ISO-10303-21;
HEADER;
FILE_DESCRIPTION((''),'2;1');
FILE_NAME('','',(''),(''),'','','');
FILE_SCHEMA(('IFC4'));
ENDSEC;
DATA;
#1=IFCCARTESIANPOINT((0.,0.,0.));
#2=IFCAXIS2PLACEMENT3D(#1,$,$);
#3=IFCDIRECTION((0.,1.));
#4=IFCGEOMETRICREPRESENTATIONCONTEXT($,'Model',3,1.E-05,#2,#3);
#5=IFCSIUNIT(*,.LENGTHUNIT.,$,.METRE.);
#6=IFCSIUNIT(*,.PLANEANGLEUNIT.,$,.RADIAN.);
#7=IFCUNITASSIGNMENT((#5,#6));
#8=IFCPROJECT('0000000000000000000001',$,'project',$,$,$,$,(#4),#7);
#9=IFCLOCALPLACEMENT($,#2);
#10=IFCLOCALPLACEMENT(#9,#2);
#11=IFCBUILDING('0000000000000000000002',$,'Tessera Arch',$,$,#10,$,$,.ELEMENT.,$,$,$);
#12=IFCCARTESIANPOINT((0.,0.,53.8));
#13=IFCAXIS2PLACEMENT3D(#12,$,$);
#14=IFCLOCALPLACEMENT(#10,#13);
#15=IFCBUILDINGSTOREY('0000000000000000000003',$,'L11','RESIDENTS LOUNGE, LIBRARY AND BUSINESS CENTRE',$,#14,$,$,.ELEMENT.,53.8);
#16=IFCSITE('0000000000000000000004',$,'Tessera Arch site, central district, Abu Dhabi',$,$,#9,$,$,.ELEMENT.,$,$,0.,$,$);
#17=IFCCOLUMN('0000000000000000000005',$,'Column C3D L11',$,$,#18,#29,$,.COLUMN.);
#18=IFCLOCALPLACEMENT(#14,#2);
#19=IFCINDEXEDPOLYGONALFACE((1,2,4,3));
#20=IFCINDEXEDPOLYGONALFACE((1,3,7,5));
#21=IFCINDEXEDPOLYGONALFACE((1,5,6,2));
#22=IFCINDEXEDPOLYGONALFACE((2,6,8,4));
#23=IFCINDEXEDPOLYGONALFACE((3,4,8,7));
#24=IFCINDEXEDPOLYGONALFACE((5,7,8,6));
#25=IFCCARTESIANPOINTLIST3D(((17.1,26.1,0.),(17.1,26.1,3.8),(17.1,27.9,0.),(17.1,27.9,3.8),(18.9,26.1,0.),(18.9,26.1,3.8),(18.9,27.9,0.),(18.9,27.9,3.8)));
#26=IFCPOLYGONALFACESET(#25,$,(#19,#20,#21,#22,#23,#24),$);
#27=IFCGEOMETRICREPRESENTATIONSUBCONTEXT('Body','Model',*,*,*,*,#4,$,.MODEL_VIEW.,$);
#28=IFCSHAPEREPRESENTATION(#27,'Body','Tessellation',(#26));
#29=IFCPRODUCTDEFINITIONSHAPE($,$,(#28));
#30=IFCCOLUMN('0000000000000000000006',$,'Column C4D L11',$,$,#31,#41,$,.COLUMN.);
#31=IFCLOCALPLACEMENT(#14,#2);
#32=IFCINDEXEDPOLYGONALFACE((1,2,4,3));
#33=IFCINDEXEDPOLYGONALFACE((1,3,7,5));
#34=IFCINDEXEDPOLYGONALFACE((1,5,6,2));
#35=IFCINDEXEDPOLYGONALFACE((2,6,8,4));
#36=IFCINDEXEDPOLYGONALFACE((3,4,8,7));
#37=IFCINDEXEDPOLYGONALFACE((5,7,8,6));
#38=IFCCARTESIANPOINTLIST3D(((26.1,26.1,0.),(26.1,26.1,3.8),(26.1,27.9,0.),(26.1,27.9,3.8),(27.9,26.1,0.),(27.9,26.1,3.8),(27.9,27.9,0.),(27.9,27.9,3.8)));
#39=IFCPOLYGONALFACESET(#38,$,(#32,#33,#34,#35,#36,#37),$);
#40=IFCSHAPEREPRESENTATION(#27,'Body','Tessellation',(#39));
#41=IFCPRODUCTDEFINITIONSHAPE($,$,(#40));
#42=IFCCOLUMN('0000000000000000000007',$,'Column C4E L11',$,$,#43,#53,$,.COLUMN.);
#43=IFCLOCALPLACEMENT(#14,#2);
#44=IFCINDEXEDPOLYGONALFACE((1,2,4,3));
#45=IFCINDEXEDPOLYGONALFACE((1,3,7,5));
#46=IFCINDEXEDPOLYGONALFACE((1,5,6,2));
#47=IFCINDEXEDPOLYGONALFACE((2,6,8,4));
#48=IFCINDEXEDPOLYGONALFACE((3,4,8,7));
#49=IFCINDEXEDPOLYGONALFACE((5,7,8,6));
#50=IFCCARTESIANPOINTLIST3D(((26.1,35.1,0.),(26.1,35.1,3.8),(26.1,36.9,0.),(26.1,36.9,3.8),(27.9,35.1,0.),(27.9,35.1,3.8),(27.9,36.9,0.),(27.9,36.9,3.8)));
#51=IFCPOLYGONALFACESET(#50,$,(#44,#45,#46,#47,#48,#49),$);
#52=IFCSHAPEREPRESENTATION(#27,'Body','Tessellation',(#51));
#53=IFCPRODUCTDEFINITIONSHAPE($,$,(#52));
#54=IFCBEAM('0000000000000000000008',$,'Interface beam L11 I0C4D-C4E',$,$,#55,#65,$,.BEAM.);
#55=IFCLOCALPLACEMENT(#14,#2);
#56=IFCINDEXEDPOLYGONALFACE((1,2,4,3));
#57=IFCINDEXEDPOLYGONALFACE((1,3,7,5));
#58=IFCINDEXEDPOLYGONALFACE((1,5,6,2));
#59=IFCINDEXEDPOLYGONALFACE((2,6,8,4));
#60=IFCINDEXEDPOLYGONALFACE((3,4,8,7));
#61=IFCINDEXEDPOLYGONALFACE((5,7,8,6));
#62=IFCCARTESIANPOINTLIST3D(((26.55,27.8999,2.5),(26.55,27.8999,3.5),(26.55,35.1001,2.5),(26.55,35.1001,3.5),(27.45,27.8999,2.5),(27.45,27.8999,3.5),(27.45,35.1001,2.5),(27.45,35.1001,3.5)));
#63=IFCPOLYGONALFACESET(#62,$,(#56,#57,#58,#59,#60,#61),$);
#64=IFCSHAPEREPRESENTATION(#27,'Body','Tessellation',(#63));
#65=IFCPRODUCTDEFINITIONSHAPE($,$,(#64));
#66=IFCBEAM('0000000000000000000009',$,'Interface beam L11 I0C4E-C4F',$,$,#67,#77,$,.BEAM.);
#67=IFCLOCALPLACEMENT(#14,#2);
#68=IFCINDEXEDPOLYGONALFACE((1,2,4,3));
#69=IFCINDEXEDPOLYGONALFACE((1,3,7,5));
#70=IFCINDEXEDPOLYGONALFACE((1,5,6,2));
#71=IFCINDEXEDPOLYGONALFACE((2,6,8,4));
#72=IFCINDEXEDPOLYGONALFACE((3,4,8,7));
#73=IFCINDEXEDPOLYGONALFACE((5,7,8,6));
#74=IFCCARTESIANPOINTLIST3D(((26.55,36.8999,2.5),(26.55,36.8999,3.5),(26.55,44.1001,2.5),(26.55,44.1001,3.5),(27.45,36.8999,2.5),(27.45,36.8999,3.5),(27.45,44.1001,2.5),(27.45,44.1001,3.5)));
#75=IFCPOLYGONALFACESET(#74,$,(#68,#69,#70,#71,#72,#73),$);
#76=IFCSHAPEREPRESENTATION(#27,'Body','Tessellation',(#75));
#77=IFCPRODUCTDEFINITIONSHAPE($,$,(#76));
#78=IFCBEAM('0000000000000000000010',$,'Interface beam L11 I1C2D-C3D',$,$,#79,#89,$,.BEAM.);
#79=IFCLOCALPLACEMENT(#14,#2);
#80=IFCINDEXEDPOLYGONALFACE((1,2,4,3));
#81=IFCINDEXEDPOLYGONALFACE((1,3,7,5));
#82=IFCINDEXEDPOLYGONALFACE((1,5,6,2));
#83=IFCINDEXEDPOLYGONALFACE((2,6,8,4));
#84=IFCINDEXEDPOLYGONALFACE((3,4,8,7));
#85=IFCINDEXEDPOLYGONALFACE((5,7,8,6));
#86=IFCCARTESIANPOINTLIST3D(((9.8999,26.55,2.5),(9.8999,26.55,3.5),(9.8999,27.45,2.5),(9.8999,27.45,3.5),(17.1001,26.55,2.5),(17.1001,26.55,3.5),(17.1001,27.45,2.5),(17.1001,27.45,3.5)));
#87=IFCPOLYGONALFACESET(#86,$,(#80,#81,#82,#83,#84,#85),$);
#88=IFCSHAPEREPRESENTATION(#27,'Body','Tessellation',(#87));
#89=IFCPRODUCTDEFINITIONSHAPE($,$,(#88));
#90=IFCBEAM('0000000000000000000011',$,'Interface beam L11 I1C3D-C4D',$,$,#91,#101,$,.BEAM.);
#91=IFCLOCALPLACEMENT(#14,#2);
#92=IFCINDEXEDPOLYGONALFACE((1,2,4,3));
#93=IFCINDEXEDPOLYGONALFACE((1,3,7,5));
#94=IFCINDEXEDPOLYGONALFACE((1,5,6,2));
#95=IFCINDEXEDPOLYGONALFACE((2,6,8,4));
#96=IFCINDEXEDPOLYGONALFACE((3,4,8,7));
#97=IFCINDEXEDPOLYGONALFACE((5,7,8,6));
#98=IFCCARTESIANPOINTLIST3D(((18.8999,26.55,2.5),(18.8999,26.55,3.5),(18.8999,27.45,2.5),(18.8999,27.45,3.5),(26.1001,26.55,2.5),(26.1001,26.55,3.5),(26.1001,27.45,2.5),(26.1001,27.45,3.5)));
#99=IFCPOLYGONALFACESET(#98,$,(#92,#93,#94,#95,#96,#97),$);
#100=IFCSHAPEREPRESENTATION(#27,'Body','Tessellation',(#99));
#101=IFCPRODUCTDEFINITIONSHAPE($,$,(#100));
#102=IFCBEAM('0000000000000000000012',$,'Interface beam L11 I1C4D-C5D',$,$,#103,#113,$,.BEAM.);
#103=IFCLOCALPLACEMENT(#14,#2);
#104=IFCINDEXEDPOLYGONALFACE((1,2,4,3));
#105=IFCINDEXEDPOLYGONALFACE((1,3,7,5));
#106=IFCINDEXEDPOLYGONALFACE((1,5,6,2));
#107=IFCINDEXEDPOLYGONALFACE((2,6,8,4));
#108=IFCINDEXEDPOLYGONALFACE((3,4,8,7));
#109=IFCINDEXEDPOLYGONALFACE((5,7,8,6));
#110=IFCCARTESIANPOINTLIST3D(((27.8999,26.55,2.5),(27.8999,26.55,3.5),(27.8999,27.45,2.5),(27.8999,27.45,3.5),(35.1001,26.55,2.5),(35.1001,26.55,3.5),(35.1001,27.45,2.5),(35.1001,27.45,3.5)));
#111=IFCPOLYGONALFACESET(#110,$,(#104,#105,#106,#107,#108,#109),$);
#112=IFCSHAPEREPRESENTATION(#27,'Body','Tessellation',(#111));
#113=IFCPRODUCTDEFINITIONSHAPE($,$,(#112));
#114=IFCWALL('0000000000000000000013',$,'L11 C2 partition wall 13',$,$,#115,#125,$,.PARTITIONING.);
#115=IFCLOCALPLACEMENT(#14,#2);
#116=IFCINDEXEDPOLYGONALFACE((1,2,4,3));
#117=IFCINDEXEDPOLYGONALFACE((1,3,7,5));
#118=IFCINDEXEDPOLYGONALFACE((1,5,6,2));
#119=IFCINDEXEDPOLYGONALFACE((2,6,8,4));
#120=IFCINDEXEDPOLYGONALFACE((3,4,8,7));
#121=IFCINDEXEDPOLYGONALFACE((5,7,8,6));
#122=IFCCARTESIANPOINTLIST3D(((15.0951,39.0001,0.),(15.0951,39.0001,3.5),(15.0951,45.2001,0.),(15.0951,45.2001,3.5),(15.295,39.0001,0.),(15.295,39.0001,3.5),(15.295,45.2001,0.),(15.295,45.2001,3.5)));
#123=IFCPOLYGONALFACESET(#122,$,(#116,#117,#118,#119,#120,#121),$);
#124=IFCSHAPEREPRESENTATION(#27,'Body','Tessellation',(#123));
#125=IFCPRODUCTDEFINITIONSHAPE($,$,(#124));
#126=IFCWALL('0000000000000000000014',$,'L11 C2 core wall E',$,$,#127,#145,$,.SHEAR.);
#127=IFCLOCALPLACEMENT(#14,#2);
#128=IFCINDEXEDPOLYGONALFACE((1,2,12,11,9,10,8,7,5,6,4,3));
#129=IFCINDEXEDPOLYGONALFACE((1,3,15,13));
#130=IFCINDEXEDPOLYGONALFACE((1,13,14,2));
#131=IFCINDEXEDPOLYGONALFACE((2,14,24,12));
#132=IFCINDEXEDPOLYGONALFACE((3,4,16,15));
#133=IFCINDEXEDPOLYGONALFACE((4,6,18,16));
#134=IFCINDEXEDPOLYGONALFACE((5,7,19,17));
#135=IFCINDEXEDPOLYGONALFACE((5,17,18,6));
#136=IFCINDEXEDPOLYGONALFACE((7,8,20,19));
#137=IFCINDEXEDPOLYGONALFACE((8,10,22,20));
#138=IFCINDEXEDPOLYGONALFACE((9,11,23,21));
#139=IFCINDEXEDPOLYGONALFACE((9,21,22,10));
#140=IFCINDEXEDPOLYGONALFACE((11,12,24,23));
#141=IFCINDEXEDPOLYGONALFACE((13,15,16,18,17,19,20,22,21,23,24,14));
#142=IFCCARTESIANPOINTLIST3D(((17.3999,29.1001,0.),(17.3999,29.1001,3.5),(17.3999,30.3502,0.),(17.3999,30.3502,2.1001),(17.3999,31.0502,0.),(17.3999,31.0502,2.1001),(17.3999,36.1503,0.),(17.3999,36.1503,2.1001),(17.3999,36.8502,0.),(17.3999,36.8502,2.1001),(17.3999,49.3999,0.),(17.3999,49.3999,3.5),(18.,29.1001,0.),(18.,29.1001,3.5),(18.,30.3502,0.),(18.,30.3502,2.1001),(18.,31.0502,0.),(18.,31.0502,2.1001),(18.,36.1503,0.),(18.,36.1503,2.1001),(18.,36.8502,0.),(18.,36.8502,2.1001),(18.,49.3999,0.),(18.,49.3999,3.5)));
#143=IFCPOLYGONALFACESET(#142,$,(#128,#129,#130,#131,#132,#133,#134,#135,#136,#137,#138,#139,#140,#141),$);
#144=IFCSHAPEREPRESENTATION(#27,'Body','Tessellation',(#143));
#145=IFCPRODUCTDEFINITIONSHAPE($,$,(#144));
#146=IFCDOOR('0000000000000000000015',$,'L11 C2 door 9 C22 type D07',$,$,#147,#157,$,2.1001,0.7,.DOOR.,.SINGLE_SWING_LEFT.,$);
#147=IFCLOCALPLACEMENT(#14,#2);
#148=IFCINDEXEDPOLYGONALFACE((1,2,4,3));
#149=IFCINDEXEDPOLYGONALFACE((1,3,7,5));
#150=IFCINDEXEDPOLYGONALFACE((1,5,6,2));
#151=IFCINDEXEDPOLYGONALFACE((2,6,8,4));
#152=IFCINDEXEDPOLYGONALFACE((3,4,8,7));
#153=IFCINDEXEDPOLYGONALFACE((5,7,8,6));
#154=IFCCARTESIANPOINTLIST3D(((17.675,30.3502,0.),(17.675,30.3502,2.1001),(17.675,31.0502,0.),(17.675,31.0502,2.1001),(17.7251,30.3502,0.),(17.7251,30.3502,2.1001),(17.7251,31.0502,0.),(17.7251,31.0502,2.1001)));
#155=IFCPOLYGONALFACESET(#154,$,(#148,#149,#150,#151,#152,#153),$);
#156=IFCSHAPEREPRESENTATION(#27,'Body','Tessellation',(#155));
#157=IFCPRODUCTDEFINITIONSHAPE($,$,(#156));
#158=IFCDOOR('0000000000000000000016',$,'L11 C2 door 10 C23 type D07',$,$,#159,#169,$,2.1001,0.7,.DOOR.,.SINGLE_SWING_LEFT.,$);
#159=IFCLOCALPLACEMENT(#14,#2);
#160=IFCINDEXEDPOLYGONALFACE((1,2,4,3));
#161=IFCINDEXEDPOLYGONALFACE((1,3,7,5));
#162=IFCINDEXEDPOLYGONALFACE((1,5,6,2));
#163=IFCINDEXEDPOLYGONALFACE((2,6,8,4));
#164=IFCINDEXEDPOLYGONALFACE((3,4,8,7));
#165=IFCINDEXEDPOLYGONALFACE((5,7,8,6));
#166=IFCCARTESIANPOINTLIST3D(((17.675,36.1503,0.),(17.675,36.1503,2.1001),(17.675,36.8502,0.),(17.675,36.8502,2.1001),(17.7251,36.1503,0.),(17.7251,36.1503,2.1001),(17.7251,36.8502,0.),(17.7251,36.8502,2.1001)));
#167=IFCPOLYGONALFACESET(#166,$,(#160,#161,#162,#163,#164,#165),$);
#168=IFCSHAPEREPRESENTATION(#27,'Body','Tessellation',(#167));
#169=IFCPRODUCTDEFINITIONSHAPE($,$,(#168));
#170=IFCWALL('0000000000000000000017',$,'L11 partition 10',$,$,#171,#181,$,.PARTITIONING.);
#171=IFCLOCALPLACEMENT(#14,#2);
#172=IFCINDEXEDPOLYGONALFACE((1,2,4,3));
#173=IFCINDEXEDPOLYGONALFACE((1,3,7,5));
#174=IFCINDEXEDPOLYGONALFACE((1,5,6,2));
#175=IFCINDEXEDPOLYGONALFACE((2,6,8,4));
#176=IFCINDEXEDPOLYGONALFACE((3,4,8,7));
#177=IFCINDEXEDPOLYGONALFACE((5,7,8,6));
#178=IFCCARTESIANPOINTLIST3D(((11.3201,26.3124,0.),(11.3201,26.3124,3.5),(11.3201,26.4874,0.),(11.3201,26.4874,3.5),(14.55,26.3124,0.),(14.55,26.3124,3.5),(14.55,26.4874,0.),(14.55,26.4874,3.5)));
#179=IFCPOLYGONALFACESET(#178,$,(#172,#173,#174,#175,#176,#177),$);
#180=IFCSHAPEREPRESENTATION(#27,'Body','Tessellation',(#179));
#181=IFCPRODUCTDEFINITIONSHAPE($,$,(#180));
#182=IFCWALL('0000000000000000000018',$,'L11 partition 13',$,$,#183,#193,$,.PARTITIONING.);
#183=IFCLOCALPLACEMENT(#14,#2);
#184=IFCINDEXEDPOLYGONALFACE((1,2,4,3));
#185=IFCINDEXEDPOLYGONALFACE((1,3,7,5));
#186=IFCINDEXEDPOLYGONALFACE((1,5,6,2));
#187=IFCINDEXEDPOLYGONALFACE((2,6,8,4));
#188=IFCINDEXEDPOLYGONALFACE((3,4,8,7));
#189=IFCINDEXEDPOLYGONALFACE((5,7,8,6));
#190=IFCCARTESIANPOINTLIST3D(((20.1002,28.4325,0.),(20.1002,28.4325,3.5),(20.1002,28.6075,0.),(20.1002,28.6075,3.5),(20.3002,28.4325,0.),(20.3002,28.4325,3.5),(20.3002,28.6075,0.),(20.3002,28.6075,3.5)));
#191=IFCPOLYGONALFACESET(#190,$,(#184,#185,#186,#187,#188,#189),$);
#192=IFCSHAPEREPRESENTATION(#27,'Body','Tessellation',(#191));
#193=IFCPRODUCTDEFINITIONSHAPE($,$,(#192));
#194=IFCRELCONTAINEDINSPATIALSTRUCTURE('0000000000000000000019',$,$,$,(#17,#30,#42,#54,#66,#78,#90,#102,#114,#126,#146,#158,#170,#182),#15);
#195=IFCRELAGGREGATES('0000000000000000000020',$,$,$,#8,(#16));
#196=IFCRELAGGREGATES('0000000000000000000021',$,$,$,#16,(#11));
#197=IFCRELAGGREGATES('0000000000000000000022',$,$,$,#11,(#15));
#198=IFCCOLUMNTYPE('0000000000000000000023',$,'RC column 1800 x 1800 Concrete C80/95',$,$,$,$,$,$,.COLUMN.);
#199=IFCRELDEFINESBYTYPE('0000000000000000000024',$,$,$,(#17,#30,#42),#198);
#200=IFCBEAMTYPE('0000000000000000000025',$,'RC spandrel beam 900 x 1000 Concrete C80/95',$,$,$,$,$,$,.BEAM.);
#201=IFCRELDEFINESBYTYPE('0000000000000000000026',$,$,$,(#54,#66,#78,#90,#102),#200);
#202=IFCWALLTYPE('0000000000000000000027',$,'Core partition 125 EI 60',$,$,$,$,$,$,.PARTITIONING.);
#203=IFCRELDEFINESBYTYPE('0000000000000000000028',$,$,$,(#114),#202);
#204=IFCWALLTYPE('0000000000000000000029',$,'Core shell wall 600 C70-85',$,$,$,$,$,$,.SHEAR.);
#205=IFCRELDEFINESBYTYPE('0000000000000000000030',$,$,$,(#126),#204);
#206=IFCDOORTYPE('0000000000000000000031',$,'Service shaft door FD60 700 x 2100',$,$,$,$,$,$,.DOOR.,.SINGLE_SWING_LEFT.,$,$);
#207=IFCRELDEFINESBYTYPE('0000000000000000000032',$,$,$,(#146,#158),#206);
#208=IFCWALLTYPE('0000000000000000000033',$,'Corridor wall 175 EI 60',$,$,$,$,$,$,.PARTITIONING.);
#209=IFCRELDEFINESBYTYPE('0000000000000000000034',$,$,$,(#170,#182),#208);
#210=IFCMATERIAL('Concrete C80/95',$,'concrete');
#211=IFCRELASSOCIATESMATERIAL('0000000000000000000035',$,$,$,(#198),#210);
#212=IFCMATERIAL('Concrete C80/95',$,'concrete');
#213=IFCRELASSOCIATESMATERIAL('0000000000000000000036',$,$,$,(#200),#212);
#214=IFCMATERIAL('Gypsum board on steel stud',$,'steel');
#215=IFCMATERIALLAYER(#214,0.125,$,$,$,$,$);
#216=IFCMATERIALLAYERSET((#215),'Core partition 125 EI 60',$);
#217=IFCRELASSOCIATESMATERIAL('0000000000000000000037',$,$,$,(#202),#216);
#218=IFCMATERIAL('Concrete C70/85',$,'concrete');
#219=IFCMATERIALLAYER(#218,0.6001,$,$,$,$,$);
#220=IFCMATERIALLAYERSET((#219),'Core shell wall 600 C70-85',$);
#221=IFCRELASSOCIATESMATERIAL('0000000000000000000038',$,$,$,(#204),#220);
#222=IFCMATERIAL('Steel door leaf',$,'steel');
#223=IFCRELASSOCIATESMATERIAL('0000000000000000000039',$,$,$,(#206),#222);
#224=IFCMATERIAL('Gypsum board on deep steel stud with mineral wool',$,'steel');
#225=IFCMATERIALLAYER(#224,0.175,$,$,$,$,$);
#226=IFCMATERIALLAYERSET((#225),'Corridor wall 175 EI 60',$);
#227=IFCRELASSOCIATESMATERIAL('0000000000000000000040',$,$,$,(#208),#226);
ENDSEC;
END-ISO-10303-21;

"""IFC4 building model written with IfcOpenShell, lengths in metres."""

from ifc_helpers import new_model, si_unit, direction, frame, frame_2d, origin, origin_2d, place, context, subcontext, project, spatial, rectangle, extrude, material, layer, layer_set, material_profile, profile_set, type_object, element, fill, save


model = new_model("IFC4")

# Units and contexts
model_context = context("Model", 3, precision=1e-05, world=origin(), true_north=direction((0.0, 1.0)))
body_context = subcontext(model_context, "Body", "Model", "MODEL_VIEW")
ifc_project = project(units=[si_unit("LENGTHUNIT", "METRE"), si_unit("PLANEANGLEUNIT", "RADIAN")], contexts=[model_context])

# Site, building, storey
site_placement = place(None, origin())
site = spatial("IfcSite", under=ifc_project, at=site_placement, Name="Tessera Arch site, central district, Abu Dhabi", CompositionType="ELEMENT", RefElevation=0.0)
building_placement = place(site_placement, origin())
building = spatial("IfcBuilding", under=site, at=building_placement, Name="Tessera Arch", CompositionType="ELEMENT")
storey_placement = place(building_placement, frame((0.0, 0.0, 53.8)))
storey = spatial("IfcBuildingStorey", under=building, at=storey_placement, Name="L11", Description="RESIDENTS LOUNGE, LIBRARY AND BUSINESS CENTRE", CompositionType="ELEMENT", Elevation=53.8)

# Columns
ifc_material_1 = material(Name="Concrete C80/95", Category="concrete")
ifc_material_profile_1 = material_profile(ifc_material_1, rectangle(XDim=1.8, YDim=1.8, at=origin_2d()), Name="RC column 1800 x 1800 Concrete C80/95")
ifc_profile_set_1 = profile_set([ifc_material_profile_1], Name="Concrete C80/95")
column_type = type_object("IfcColumnType", Name="RC column 1800 x 1800 Concrete C80/95", PredefinedType="COLUMN", material=ifc_profile_set_1)
for number, where, z_axis, x_axis, name in (
    (1, (18.0, 27.0, 0.0), (0.0, 0.0, 1.0), (1.0, 0.0, 0.0), "Column C3D L11"),
    (2, (27.0, 27.0, 0.0), (0.0, 0.0, 1.0), (1.0, 0.0, 0.0), "Column C4D L11"),
    (3, (27.0, 36.0, 0.0), (0.0, 0.0, 1.0), (1.0, 0.0, 0.0), "Column C4E L11"),
):
    element("IfcColumn", number, at=place(storey_placement, frame(where, z_axis=z_axis, x_axis=x_axis)), inside=storey, type_object=column_type, Name=name, PredefinedType="COLUMN", context=body_context, shape_type="SweptSolid", body=[
        extrude(rectangle(XDim=1.8, YDim=1.8, at=origin_2d()), origin(), (0.0, 0.0, 1.0), 3.8),
    ])

# Beams
ifc_material_2 = material(Name="Concrete C80/95", Category="concrete")
ifc_material_profile_2 = material_profile(ifc_material_2, rectangle(XDim=0.8999, YDim=1.0, at=origin_2d()), Name="RC spandrel beam 900 x 1000 Concrete C80/95")
ifc_profile_set_2 = profile_set([ifc_material_profile_2], Name="Concrete C80/95")
beam_type = type_object("IfcBeamType", Name="RC spandrel beam 900 x 1000 Concrete C80/95", PredefinedType="BEAM", material=ifc_profile_set_2)
for number, where, z_axis, x_axis, name in (
    (4, (27.0, 27.8999, 3.0), (0.0, 1.0, 0.0), (-1.0, 0.0, 0.0), "Interface beam L11 I0C4D-C4E"),
    (5, (27.0, 36.8999, 3.0), (0.0, 1.0, 0.0), (-1.0, 0.0, 0.0), "Interface beam L11 I0C4E-C4F"),
    (6, (9.8999, 27.0, 3.0), (1.0, 0.0, 0.0), (0.0, 1.0, 0.0), "Interface beam L11 I1C2D-C3D"),
    (7, (18.8999, 27.0, 3.0), (1.0, 0.0, 0.0), (0.0, 1.0, 0.0), "Interface beam L11 I1C3D-C4D"),
    (8, (27.8999, 27.0, 3.0), (1.0, 0.0, 0.0), (0.0, 1.0, 0.0), "Interface beam L11 I1C4D-C5D"),
):
    element("IfcBeam", number, at=place(storey_placement, frame(where, z_axis=z_axis, x_axis=x_axis)), inside=storey, type_object=beam_type, Name=name, PredefinedType="BEAM", context=body_context, shape_type="SweptSolid", body=[
        extrude(rectangle(XDim=0.8999, YDim=1.0, at=origin_2d()), origin(), (0.0, 0.0, 1.0), 7.2002),
    ])

# Wall
ifc_material_3 = material(Name="Gypsum board on steel stud", Category="steel")
ifc_layer_1 = layer(ifc_material_3, 0.125)
ifc_layer_set_1 = layer_set([ifc_layer_1], Name="Core partition 125 EI 60")
wall_type_1 = type_object("IfcWallType", Name="Core partition 125 EI 60", PredefinedType="PARTITIONING", material=ifc_layer_set_1)
wall_1_placement = place(storey_placement, frame((15.1951, 39.0, 0.0), z_axis=(0.0, 0.0, 1.0), x_axis=(0.0, 1.0, 0.0)))
element("IfcWall", 9, at=wall_1_placement, inside=storey, type_object=wall_type_1, Name="L11 C2 partition wall 13", PredefinedType="PARTITIONING", context=body_context, shape_type="SweptSolid", body=[
    extrude(rectangle(XDim=6.2, YDim=0.2, at=frame_2d((3.1001, 0.0))), origin(), (0.0, 0.0, 1.0), 3.5),
])

# Wall, openings, doors
ifc_material_4 = material(Name="Concrete C70/85", Category="concrete")
ifc_layer_2 = layer(ifc_material_4, 0.6001)
ifc_layer_set_2 = layer_set([ifc_layer_2], Name="Core shell wall 600 C70-85")
wall_type_2 = type_object("IfcWallType", Name="Core shell wall 600 C70-85", PredefinedType="SHEAR", material=ifc_layer_set_2)
wall_2_placement = place(storey_placement, frame((17.7, 29.1001, 0.0), z_axis=(0.0, 0.0, 1.0), x_axis=(0.0, 1.0, 0.0)))
wall_2 = element("IfcWall", 10, at=wall_2_placement, inside=storey, type_object=wall_type_2, Name="L11 C2 core wall E", PredefinedType="SHEAR", context=body_context, shape_type="SweptSolid", body=[
    extrude(rectangle(XDim=20.2998, YDim=0.6001, at=frame_2d((10.1499, 0.0))), origin(), (0.0, 0.0, 1.0), 3.5),
])
opening_1_placement = place(wall_2_placement, frame((1.25, 0.0, 0.0)))
opening_1 = element("IfcOpeningElement", 11, at=opening_1_placement, cuts=wall_2, PredefinedType="OPENING", context=body_context, shape_type="SweptSolid", body=[
    extrude(rectangle(XDim=0.7, YDim=2.1001, at=frame_2d((0.3501, 1.05))), frame((0.0, 0.3101, 0.0), z_axis=(0.0, -1.0, 0.0), x_axis=(1.0, 0.0, 0.0)), (0.0, 0.0, 1.0), 0.6201),
])
opening_2_placement = place(wall_2_placement, frame((7.05, 0.0, 0.0)))
opening_2 = element("IfcOpeningElement", 12, at=opening_2_placement, cuts=wall_2, PredefinedType="OPENING", context=body_context, shape_type="SweptSolid", body=[
    extrude(rectangle(XDim=0.7, YDim=2.1001, at=frame_2d((0.3501, 1.05))), frame((0.0, 0.3101, 0.0), z_axis=(0.0, -1.0, 0.0), x_axis=(1.0, 0.0, 0.0)), (0.0, 0.0, 1.0), 0.6201),
])
ifc_material_5 = material(Name="Steel door leaf", Category="steel")
door_type_1 = type_object("IfcDoorType", Name="Service shaft door FD60 700 x 2100", OperationType="SINGLE_SWING_LEFT", PredefinedType="DOOR", material=ifc_material_5)
door_1_placement = place(opening_1_placement, origin())
door_1 = element("IfcDoor", 13, at=door_1_placement, inside=storey, type_object=door_type_1, Name="L11 C2 door 9 C22 type D07", OperationType="SINGLE_SWING_LEFT", OverallHeight=2.1001, OverallWidth=0.7, PredefinedType="DOOR", context=body_context, shape_type="SweptSolid", body=[
    extrude(rectangle(XDim=0.7, YDim=2.1001, at=frame_2d((0.3501, 1.05))), frame((0.0, 0.0249, 0.0), z_axis=(0.0, -1.0, 0.0), x_axis=(1.0, 0.0, 0.0)), (0.0, 0.0, 1.0), 0.05),
])
fill(opening_1, door_1)
door_2_placement = place(opening_2_placement, origin())
door_2 = element("IfcDoor", 14, at=door_2_placement, inside=storey, type_object=door_type_1, Name="L11 C2 door 10 C23 type D07", OperationType="SINGLE_SWING_LEFT", OverallHeight=2.1001, OverallWidth=0.7, PredefinedType="DOOR", context=body_context, shape_type="SweptSolid", body=[
    extrude(rectangle(XDim=0.7, YDim=2.1001, at=frame_2d((0.3501, 1.05))), frame((0.0, 0.0249, 0.0), z_axis=(0.0, -1.0, 0.0), x_axis=(1.0, 0.0, 0.0)), (0.0, 0.0, 1.0), 0.05),
])
fill(opening_2, door_2)

# Walls
ifc_material_6 = material(Name="Gypsum board on deep steel stud with mineral wool", Category="steel")
ifc_layer_3 = layer(ifc_material_6, 0.175)
ifc_layer_set_3 = layer_set([ifc_layer_3], Name="Corridor wall 175 EI 60")
wall_type_3 = type_object("IfcWallType", Name="Corridor wall 175 EI 60", PredefinedType="PARTITIONING", material=ifc_layer_set_3)
wall_3_placement = place(storey_placement, frame((11.3201, 26.3999, 0.0), z_axis=(0.0, 0.0, 1.0), x_axis=(1.0, 0.0, 0.0)))
element("IfcWall", 15, at=wall_3_placement, inside=storey, type_object=wall_type_3, Name="L11 partition 10", PredefinedType="PARTITIONING", context=body_context, shape_type="SweptSolid", body=[
    extrude(rectangle(XDim=3.23, YDim=0.175, at=frame_2d((1.615, 0.0))), origin(), (0.0, 0.0, 1.0), 3.5),
])
wall_4_placement = place(storey_placement, frame((20.1001, 28.52, 0.0), z_axis=(0.0, 0.0, 1.0), x_axis=(1.0, 0.0, 0.0)))
element("IfcWall", 16, at=wall_4_placement, inside=storey, type_object=wall_type_3, Name="L11 partition 13", PredefinedType="PARTITIONING", context=body_context, shape_type="SweptSolid", body=[
    extrude(rectangle(XDim=0.2, YDim=0.175, at=frame_2d((0.1001, 0.0))), origin(), (0.0, 0.0, 1.0), 3.5),
])

save(model, "model.ifc")
